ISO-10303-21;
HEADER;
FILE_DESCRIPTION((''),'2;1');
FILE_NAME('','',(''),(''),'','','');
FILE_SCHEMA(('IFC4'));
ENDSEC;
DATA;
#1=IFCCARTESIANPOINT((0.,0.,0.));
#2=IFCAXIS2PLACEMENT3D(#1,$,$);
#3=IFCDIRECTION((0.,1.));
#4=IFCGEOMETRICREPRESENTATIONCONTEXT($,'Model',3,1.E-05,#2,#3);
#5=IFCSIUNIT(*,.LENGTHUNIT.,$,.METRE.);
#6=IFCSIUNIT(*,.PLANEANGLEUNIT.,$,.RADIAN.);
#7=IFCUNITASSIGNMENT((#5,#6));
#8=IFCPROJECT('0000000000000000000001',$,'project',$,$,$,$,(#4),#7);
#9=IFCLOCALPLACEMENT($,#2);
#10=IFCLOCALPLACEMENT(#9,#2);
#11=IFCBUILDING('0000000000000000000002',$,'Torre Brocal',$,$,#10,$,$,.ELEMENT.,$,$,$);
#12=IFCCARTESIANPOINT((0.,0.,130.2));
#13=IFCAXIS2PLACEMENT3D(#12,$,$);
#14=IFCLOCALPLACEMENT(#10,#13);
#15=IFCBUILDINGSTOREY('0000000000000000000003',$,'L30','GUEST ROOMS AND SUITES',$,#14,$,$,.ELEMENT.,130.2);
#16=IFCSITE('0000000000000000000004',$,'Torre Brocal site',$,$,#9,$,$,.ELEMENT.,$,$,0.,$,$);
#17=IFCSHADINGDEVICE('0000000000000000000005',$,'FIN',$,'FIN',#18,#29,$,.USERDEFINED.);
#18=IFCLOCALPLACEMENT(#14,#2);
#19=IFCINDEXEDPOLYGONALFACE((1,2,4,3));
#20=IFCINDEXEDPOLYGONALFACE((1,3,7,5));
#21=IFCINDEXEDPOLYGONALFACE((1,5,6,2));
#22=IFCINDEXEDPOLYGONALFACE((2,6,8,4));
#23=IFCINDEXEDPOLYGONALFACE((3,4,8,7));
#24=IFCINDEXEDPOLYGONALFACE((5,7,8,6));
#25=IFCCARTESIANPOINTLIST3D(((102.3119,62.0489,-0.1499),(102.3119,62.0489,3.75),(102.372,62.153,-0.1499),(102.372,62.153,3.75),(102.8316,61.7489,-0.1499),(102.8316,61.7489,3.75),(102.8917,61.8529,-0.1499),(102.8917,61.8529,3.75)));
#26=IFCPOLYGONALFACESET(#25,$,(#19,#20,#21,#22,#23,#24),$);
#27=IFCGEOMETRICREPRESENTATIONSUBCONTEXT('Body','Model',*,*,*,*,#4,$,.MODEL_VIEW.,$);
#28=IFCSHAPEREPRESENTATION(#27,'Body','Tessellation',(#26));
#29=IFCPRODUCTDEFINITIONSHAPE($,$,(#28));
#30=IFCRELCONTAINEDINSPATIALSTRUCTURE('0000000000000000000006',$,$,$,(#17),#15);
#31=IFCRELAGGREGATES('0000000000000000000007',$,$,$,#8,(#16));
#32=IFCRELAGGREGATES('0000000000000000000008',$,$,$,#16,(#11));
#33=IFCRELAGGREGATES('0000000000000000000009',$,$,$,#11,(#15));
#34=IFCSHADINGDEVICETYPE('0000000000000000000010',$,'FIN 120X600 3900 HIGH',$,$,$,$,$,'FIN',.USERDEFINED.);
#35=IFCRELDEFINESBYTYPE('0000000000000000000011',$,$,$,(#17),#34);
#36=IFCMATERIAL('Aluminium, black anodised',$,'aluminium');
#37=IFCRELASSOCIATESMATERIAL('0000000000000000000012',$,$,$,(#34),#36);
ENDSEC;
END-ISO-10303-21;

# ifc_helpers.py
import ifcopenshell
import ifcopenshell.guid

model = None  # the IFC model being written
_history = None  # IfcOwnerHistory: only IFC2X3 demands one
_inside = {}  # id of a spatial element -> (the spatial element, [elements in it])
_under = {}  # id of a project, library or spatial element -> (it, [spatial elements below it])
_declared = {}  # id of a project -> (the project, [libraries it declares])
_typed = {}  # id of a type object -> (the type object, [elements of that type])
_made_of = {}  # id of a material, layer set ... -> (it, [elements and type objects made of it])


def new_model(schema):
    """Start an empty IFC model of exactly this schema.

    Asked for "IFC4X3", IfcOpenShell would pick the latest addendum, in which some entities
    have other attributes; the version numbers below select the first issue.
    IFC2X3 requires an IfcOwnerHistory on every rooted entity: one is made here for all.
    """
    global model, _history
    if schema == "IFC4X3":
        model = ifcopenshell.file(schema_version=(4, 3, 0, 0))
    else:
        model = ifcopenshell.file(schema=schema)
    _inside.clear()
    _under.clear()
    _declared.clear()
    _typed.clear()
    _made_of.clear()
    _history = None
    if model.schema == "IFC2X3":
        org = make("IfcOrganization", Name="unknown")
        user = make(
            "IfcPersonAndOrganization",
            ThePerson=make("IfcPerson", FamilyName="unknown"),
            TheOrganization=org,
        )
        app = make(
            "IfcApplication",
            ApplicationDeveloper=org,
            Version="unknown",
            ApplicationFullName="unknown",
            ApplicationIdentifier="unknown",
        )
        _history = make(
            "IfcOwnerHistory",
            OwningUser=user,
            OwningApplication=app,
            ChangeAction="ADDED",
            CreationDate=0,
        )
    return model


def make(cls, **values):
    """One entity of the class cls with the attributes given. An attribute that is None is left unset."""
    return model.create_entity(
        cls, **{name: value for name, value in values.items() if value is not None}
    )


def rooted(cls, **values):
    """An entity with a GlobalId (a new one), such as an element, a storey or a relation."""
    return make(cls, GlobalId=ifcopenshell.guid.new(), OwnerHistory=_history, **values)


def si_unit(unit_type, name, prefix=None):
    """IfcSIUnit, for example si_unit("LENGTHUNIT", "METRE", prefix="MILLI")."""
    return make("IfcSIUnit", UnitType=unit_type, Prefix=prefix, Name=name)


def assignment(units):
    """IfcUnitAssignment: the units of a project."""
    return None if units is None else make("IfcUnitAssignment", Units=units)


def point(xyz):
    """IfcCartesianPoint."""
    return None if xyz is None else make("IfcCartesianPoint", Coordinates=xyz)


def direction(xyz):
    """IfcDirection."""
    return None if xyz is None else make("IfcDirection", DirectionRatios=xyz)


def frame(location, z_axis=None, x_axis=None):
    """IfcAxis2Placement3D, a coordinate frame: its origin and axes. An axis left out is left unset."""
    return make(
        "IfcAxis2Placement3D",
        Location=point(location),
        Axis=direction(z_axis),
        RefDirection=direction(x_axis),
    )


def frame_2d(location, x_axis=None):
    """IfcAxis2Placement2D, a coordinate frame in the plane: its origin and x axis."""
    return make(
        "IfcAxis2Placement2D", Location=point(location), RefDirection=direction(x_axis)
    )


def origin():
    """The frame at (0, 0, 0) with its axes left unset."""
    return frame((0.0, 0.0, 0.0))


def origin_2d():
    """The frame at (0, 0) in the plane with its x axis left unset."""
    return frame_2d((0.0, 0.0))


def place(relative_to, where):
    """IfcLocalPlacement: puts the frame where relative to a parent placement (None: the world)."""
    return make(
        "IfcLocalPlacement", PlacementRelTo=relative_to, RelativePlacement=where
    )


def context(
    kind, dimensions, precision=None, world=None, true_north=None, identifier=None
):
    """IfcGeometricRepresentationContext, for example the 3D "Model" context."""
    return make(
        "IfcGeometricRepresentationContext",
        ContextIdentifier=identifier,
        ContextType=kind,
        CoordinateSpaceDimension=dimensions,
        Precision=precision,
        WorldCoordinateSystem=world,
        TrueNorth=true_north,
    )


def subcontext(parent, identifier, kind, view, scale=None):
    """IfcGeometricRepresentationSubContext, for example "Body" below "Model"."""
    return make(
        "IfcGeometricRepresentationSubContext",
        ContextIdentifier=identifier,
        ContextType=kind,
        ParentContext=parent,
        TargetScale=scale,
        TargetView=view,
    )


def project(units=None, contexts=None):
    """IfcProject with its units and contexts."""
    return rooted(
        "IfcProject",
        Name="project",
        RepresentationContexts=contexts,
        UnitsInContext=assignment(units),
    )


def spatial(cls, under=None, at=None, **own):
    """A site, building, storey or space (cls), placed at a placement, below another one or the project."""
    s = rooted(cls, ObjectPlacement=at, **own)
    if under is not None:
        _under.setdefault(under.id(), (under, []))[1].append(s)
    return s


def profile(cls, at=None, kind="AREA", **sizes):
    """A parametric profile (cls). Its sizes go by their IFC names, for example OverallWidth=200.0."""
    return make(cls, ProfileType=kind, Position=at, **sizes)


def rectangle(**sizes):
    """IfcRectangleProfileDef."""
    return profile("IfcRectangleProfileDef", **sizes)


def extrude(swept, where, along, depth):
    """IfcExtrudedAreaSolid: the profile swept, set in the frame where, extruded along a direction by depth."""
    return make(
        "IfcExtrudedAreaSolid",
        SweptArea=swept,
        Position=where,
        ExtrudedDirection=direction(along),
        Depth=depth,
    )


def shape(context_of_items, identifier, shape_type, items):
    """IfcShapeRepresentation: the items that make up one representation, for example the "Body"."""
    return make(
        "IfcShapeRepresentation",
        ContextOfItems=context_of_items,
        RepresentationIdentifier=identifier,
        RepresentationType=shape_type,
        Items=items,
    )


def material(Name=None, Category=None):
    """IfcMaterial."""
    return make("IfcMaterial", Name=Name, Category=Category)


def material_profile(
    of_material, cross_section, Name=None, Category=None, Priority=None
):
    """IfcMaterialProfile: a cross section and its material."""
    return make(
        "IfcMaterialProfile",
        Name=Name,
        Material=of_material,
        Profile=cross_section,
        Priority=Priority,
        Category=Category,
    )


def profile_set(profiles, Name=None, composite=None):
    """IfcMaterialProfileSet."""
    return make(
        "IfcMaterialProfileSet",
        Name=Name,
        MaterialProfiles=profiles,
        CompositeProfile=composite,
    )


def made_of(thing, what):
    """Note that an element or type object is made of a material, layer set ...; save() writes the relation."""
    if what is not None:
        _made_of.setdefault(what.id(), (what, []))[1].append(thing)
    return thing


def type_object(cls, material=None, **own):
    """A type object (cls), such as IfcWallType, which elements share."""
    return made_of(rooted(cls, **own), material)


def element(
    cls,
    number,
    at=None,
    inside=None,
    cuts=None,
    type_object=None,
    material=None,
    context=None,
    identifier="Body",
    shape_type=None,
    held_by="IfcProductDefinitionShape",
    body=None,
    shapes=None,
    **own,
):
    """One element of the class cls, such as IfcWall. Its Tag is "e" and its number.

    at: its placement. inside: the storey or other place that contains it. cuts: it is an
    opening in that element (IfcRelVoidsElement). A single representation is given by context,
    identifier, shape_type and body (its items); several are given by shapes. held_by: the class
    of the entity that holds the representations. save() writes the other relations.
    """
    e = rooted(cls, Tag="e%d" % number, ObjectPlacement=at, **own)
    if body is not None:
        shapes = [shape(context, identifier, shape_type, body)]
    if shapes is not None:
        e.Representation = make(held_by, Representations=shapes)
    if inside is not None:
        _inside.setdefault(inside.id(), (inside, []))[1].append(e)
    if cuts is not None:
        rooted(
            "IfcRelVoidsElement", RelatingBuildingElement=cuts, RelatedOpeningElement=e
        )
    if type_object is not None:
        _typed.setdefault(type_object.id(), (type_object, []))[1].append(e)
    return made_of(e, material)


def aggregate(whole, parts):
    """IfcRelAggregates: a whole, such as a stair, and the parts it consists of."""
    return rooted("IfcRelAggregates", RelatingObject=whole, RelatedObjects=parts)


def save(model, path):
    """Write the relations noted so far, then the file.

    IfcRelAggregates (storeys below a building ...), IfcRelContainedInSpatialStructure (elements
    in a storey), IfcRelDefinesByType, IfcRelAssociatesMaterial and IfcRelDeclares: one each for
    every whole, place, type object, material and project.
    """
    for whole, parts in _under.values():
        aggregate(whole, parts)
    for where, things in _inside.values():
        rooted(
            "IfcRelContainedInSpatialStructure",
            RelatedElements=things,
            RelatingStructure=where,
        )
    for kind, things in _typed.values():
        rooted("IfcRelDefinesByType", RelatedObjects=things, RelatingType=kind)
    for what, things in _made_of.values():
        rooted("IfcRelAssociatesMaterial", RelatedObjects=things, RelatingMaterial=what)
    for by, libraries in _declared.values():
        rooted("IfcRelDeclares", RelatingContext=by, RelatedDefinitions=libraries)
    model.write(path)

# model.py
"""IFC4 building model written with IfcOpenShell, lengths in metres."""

from ifc_helpers import new_model, si_unit, direction, frame, origin, origin_2d, place, context, subcontext, project, spatial, rectangle, extrude, material, material_profile, profile_set, type_object, element, save


model = new_model("IFC4")

# Units and contexts
model_context = context("Model", 3, precision=1e-05, world=origin(), true_north=direction((0.0, 1.0)))
body_context = subcontext(model_context, "Body", "Model", "MODEL_VIEW")
ifc_project = project(units=[si_unit("LENGTHUNIT", "METRE"), si_unit("PLANEANGLEUNIT", "RADIAN")], contexts=[model_context])

# Site, building, storey
site_placement = place(None, origin())
site = spatial("IfcSite", under=ifc_project, at=site_placement, Name="Torre Brocal site", CompositionType="ELEMENT", RefElevation=0.0)
building_placement = place(site_placement, origin())
building = spatial("IfcBuilding", under=site, at=building_placement, Name="Torre Brocal", CompositionType="ELEMENT")
storey_placement = place(building_placement, frame((0.0, 0.0, 130.2)))
storey = spatial("IfcBuildingStorey", under=building, at=storey_placement, Name="L30", Description="GUEST ROOMS AND SUITES", CompositionType="ELEMENT", Elevation=130.2)

# Shading device
ifc_material_1 = material(Name="Aluminium, black anodised", Category="aluminium")
ifc_material_profile_1 = material_profile(ifc_material_1, rectangle(XDim=0.1201, YDim=0.6001, at=origin_2d()), Name="FIN 120X600 3900 HIGH")
ifc_profile_set_1 = profile_set([ifc_material_profile_1], Name="Aluminium, black anodised")
shading_device_type = type_object("IfcShadingDeviceType", Name="FIN 120X600 3900 HIGH", ElementType="FIN", PredefinedType="USERDEFINED", material=ifc_profile_set_1)
for number, where, z_axis, x_axis, name in (
    (1, (102.6018, 61.9509, -0.1499), (0.0, 0.0, 1.0), (0.5, 0.866025, 0.0), "FIN"),
):
    element("IfcShadingDevice", number, at=place(storey_placement, frame(where, z_axis=z_axis, x_axis=x_axis)), inside=storey, type_object=shading_device_type, Name=name, ObjectType="FIN", PredefinedType="USERDEFINED", context=body_context, shape_type="SweptSolid", body=[
        extrude(rectangle(XDim=0.1201, YDim=0.6001, at=origin_2d()), origin(), (0.0, 0.0, 1.0), 3.8999),
    ])

save(model, "model.ifc")
